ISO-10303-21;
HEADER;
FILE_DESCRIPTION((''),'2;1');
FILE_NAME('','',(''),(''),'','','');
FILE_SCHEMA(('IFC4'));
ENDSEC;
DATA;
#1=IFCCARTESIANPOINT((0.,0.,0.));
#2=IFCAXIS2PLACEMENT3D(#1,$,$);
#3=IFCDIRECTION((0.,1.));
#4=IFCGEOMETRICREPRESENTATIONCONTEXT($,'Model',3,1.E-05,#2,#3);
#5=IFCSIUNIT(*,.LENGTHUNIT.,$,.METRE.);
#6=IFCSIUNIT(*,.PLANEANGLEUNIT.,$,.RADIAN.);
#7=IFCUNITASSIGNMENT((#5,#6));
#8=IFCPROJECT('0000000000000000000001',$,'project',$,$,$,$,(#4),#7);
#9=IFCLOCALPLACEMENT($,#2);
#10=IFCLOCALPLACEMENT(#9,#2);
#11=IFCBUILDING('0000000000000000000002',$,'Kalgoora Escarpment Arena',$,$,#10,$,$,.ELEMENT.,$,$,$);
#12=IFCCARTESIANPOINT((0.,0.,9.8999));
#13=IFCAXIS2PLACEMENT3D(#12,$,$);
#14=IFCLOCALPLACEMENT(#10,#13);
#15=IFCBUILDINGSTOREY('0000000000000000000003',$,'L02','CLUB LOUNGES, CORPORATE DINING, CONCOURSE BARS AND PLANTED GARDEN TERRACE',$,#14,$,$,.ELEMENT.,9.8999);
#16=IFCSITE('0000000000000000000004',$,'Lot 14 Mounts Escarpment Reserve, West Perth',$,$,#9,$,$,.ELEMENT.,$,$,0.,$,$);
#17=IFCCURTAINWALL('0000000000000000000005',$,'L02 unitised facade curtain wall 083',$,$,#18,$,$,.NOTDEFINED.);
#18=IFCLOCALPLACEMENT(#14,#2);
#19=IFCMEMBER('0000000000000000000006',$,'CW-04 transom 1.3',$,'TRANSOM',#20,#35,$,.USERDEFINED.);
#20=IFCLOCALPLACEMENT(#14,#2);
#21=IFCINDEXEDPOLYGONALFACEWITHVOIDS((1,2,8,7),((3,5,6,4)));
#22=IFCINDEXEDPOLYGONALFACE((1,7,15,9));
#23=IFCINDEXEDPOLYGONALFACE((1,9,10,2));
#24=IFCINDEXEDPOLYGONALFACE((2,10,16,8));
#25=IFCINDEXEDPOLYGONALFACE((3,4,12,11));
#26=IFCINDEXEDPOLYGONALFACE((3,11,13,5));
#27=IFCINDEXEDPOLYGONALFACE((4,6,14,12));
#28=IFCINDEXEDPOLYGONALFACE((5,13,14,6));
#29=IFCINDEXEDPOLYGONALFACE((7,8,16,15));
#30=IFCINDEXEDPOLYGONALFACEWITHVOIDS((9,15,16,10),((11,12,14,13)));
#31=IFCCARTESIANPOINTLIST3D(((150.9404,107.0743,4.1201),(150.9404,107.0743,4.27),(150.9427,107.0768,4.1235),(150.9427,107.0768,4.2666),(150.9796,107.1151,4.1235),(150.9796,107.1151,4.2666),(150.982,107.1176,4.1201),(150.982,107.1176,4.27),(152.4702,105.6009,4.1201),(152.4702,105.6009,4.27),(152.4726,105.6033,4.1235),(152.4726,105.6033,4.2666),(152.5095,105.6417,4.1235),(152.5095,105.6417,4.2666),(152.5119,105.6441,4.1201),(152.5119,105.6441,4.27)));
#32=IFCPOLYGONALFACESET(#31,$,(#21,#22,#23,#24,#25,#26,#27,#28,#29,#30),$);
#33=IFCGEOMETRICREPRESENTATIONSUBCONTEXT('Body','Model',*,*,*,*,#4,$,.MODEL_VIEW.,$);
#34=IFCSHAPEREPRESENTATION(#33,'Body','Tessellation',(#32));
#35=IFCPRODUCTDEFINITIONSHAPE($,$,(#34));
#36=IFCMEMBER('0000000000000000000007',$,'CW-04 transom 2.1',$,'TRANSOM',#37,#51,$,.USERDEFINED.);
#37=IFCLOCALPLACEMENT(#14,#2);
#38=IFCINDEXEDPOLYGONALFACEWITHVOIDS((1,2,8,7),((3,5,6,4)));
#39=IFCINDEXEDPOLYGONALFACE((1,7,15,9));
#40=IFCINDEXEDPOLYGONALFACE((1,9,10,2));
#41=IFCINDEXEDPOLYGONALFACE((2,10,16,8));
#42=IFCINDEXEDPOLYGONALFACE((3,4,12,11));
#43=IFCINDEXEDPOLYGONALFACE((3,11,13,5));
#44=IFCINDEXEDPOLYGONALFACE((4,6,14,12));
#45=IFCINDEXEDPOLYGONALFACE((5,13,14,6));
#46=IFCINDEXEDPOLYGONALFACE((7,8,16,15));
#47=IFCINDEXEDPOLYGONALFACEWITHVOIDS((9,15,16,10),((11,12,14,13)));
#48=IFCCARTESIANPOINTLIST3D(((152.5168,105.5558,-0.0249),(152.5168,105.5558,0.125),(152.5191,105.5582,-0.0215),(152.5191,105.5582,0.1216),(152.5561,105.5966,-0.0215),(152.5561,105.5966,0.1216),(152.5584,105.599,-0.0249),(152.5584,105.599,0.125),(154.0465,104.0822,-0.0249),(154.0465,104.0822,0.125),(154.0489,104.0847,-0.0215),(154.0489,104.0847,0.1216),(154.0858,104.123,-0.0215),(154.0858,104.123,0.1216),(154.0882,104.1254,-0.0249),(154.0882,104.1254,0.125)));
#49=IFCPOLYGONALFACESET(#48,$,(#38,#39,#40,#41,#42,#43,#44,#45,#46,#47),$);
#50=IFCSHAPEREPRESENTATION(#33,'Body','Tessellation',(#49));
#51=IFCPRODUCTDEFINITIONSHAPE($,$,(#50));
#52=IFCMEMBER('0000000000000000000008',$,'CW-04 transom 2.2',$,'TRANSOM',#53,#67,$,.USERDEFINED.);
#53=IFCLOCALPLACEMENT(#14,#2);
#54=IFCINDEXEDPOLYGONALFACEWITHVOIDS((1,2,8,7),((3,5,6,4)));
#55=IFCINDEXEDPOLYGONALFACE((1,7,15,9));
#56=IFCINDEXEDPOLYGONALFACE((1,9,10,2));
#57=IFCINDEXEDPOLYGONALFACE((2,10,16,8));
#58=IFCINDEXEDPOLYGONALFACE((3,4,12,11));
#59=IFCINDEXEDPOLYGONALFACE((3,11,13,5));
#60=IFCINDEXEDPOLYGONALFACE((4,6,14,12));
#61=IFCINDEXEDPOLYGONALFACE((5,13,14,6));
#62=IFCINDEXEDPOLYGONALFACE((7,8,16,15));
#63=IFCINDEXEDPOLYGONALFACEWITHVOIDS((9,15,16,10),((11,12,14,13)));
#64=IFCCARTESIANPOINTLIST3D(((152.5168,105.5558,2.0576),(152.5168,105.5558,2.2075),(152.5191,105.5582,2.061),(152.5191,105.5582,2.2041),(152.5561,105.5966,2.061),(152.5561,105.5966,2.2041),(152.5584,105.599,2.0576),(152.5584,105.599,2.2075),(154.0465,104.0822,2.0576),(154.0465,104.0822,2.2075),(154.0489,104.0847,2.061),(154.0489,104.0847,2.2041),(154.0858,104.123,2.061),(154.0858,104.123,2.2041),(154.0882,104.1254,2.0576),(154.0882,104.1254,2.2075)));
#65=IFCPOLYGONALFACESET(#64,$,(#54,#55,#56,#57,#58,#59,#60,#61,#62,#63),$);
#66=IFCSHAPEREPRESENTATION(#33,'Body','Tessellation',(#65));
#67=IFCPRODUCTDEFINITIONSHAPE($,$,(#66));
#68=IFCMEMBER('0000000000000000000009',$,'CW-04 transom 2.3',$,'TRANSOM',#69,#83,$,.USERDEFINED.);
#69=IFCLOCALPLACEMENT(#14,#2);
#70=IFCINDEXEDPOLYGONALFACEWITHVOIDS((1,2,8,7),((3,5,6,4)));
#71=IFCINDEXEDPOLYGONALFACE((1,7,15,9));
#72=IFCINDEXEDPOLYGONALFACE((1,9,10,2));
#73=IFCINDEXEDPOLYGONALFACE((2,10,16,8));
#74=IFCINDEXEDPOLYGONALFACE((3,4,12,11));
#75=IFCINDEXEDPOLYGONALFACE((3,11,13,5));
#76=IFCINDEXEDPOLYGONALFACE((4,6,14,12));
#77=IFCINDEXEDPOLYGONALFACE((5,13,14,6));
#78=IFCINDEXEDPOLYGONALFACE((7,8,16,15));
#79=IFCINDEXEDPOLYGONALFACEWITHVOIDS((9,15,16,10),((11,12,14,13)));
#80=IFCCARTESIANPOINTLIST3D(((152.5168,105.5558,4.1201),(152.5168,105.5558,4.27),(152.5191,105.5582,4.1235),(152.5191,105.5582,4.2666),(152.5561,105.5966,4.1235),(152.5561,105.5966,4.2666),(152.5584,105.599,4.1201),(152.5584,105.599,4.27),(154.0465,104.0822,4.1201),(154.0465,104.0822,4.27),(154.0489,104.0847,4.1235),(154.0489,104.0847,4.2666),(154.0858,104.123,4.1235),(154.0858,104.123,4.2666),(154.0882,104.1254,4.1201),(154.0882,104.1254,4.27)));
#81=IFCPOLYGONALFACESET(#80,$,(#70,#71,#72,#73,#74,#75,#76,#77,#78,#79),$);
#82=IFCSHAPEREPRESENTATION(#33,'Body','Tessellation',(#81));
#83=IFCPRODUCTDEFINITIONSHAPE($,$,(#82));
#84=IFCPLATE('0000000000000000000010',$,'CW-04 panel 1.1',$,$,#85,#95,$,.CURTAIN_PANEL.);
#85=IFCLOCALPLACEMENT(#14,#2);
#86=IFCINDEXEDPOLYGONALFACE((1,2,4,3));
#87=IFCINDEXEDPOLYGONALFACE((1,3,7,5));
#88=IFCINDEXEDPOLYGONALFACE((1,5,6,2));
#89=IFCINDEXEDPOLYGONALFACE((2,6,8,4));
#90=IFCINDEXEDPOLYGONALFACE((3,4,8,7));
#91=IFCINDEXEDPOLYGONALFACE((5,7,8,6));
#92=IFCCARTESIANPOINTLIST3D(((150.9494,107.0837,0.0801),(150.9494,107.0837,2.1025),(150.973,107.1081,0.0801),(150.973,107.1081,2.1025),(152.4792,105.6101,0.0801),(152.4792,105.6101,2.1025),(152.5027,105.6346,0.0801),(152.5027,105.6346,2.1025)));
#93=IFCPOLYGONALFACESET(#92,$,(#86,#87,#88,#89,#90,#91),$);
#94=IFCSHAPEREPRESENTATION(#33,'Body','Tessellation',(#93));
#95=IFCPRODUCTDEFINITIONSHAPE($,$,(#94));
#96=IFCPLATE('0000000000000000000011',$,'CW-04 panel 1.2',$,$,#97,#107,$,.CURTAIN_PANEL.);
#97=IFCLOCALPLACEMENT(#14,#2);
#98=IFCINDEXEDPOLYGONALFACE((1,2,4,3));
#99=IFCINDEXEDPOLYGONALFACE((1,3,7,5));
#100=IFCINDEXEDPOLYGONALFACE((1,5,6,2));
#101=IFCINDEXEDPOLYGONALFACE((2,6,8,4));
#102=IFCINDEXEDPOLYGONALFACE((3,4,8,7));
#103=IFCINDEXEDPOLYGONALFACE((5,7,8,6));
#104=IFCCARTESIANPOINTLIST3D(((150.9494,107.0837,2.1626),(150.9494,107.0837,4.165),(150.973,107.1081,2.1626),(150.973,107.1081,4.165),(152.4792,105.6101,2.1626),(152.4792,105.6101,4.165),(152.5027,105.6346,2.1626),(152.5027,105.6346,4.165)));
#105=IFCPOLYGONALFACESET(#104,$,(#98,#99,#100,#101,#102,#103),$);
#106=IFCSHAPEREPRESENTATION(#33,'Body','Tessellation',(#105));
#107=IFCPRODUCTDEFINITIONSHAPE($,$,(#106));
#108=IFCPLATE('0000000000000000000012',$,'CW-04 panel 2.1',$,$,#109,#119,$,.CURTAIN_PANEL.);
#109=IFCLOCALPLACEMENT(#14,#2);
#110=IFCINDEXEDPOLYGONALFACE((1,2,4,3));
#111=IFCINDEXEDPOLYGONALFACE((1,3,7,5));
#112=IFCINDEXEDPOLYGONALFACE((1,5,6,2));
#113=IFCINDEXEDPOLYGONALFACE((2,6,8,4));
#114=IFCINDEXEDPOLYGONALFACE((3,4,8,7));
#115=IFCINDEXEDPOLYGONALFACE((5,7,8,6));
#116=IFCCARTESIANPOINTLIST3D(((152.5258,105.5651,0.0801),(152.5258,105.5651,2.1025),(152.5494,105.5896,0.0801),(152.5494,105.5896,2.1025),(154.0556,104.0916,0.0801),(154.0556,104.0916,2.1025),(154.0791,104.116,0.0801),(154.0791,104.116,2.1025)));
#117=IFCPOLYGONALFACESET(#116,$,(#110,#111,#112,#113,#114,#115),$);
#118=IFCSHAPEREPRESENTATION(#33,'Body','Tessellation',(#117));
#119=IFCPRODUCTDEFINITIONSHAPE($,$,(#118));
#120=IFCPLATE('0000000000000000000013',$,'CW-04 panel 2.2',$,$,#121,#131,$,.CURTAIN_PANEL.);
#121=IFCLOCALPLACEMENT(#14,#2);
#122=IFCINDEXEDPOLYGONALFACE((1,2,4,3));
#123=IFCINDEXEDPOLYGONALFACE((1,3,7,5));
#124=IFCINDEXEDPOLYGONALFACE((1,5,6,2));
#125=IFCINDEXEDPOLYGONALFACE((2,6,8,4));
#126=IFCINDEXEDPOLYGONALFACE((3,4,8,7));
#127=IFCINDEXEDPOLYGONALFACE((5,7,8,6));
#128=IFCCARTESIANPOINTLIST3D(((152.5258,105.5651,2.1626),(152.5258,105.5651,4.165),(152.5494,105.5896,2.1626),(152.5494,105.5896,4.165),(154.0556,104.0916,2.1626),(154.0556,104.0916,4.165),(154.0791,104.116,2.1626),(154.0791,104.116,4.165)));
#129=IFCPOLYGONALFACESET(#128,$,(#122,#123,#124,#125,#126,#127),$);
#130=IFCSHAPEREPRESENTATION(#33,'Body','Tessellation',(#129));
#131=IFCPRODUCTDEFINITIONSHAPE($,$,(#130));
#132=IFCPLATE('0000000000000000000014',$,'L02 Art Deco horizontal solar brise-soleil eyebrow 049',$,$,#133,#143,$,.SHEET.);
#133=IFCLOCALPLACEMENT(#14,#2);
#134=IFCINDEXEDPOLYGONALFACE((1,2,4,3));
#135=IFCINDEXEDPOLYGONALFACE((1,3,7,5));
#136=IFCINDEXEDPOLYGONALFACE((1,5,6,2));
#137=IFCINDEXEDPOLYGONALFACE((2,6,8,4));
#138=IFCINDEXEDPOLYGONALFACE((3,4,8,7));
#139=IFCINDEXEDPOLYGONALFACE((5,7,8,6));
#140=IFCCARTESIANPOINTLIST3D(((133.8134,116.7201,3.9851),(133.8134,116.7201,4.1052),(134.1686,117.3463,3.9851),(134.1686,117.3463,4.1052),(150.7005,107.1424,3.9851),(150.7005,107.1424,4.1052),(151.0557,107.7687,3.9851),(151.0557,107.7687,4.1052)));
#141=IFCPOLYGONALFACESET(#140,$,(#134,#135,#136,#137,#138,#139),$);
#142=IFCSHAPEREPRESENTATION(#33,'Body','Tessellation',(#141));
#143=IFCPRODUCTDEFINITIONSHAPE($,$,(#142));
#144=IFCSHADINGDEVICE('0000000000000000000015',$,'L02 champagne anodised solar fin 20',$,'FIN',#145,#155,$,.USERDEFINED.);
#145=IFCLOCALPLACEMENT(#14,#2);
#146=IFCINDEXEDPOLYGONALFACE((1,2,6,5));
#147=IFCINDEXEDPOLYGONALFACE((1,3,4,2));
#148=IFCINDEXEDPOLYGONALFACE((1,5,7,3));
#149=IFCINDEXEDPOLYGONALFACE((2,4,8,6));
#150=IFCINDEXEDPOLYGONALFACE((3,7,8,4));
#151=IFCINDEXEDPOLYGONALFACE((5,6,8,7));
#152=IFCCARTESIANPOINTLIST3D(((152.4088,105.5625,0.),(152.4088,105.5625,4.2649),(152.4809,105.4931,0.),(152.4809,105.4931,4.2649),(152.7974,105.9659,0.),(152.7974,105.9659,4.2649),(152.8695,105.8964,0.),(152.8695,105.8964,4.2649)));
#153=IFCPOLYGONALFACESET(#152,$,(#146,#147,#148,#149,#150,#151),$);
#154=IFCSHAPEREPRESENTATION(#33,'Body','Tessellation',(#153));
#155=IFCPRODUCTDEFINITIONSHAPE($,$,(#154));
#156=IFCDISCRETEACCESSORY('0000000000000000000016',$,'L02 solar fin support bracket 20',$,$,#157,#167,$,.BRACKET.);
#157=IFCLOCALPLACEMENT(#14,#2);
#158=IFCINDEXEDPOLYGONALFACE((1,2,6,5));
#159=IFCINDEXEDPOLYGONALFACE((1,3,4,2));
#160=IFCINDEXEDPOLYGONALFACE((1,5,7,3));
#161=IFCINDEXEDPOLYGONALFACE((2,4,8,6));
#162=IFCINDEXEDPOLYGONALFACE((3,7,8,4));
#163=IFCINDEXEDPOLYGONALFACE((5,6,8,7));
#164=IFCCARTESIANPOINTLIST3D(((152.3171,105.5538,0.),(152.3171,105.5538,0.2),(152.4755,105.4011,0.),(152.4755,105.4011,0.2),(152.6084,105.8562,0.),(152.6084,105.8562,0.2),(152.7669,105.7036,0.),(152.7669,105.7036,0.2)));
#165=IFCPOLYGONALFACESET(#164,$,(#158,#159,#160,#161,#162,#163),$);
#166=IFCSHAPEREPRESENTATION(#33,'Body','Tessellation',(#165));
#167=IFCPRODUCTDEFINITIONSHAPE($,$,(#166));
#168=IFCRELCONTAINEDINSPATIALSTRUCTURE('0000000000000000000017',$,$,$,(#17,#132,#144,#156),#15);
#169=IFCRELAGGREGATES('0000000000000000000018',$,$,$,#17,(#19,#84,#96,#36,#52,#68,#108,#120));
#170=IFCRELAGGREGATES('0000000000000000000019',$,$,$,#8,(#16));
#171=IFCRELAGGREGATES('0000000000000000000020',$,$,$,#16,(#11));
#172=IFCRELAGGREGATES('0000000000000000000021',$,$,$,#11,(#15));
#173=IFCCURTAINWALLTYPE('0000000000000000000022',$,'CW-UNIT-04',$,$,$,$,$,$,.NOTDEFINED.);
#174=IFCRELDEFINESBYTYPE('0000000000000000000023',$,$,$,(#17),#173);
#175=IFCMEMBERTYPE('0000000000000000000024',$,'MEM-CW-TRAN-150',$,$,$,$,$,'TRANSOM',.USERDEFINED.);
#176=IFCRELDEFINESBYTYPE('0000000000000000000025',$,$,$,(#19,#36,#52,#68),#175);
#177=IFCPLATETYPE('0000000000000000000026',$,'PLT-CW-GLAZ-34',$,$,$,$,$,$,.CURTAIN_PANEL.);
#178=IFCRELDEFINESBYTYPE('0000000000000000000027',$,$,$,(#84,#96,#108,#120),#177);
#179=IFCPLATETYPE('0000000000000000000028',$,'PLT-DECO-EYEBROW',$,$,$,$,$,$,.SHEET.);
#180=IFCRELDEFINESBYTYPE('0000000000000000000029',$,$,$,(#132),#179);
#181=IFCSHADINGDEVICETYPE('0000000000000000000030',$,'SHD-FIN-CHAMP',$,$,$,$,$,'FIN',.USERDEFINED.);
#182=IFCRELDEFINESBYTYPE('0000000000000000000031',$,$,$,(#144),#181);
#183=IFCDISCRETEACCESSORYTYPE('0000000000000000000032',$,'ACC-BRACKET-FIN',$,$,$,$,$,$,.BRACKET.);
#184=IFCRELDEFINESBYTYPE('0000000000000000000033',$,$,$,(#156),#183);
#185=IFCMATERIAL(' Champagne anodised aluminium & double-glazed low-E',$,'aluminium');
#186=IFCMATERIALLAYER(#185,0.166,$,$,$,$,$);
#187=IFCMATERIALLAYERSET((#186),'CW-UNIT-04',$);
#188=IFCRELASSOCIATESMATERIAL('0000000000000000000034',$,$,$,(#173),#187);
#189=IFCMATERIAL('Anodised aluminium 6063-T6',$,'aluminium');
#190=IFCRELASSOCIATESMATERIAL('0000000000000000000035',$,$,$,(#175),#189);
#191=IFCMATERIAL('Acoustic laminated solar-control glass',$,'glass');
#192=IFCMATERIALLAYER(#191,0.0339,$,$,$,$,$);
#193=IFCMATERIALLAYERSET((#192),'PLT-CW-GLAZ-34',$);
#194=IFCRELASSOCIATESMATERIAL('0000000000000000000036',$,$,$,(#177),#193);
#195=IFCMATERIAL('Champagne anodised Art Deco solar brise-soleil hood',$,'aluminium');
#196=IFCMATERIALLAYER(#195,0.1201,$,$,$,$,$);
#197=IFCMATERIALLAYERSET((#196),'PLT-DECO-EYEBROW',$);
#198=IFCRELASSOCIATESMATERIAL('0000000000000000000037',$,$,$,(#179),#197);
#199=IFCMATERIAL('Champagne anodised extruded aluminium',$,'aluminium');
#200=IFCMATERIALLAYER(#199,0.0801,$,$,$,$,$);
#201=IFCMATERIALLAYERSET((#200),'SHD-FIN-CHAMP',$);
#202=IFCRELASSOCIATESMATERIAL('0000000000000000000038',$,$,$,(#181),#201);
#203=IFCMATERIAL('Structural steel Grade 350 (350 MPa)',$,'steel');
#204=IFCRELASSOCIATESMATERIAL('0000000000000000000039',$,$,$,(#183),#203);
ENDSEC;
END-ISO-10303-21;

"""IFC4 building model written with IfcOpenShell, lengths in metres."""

from ifc_helpers import new_model, si_unit, direction, frame, origin, origin_2d, place, context, subcontext, project, spatial, rectangle, hollow_rectangle, extrude, material, layer, layer_set, material_profile, profile_set, type_object, element, aggregate, save


model = new_model("IFC4")

# Units and contexts
model_context = context("Model", 3, precision=1e-05, world=origin(), true_north=direction((0.0, 1.0)))
body_context = subcontext(model_context, "Body", "Model", "MODEL_VIEW")
ifc_project = project(units=[si_unit("LENGTHUNIT", "METRE"), si_unit("PLANEANGLEUNIT", "RADIAN")], contexts=[model_context])

# Site, building, storey
site_placement = place(None, origin())
site = spatial("IfcSite", under=ifc_project, at=site_placement, Name="Lot 14 Mounts Escarpment Reserve, West Perth", CompositionType="ELEMENT", RefElevation=0.0)
building_placement = place(site_placement, origin())
building = spatial("IfcBuilding", under=site, at=building_placement, Name="Kalgoora Escarpment Arena", CompositionType="ELEMENT")
storey_placement = place(building_placement, frame((0.0, 0.0, 9.8999)))
storey = spatial("IfcBuildingStorey", under=building, at=storey_placement, Name="L02", Description="CLUB LOUNGES, CORPORATE DINING, CONCOURSE BARS AND PLANTED GARDEN TERRACE", CompositionType="ELEMENT", Elevation=9.8999)

# Curtain wall
ifc_material_1 = material(Name=" Champagne anodised aluminium & double-glazed low-E", Category="aluminium")
ifc_layer_1 = layer(ifc_material_1, 0.166)
ifc_layer_set_1 = layer_set([ifc_layer_1], Name="CW-UNIT-04")
curtain_wall_type_1 = type_object("IfcCurtainWallType", Name="CW-UNIT-04", PredefinedType="NOTDEFINED", material=ifc_layer_set_1)
curtain_wall_1_placement = place(storey_placement, origin())
curtain_wall_1 = element("IfcCurtainWall", 1, at=curtain_wall_1_placement, inside=storey, type_object=curtain_wall_type_1, Name="L02 unitised facade curtain wall 083", PredefinedType="NOTDEFINED")

# Members
ifc_material_2 = material(Name="Anodised aluminium 6063-T6", Category="aluminium")
ifc_material_profile_1 = material_profile(ifc_material_2, hollow_rectangle(XDim=0.0601, YDim=0.1499, WallThickness=0.0034, at=origin_2d()))
ifc_profile_set_1 = profile_set([ifc_material_profile_1], Name="Anodised aluminium 6063-T6")
member_type_1 = type_object("IfcMemberType", Name="MEM-CW-TRAN-150", ElementType="TRANSOM", PredefinedType="USERDEFINED", material=ifc_profile_set_1)
member_1_placement = place(storey_placement, frame((150.9612, 107.0959, 4.1951), z_axis=(0.720259, -0.693706, 0.0), x_axis=(0.693706, 0.720259, 0.0)))
member_1 = element("IfcMember", 2, at=member_1_placement, type_object=member_type_1, Name="CW-04 transom 1.3", ObjectType="TRANSOM", PredefinedType="USERDEFINED", context=body_context, shape_type="SweptSolid", body=[
    extrude(hollow_rectangle(XDim=0.0601, YDim=0.1499, WallThickness=0.0034, at=origin_2d()), origin(), (0.0, 0.0, 1.0), 2.124),
])
member_2_placement = place(storey_placement, frame((152.5376, 105.5774, 0.05), z_axis=(0.720201, -0.693765, 0.0), x_axis=(0.693765, 0.720201, 0.0)))
member_2 = element("IfcMember", 3, at=member_2_placement, type_object=member_type_1, Name="CW-04 transom 2.1", ObjectType="TRANSOM", PredefinedType="USERDEFINED", context=body_context, shape_type="SweptSolid", body=[
    extrude(hollow_rectangle(XDim=0.0601, YDim=0.1499, WallThickness=0.0034, at=origin_2d()), origin(), (0.0, 0.0, 1.0), 2.124),
])
member_3_placement = place(storey_placement, frame((152.5376, 105.5774, 2.1326), z_axis=(0.720201, -0.693765, 0.0), x_axis=(0.693765, 0.720201, 0.0)))
member_3 = element("IfcMember", 4, at=member_3_placement, type_object=member_type_1, Name="CW-04 transom 2.2", ObjectType="TRANSOM", PredefinedType="USERDEFINED", context=body_context, shape_type="SweptSolid", body=[
    extrude(hollow_rectangle(XDim=0.0601, YDim=0.1499, WallThickness=0.0034, at=origin_2d()), origin(), (0.0, 0.0, 1.0), 2.124),
])
member_4_placement = place(storey_placement, frame((152.5376, 105.5774, 4.1951), z_axis=(0.720201, -0.693765, 0.0), x_axis=(0.693765, 0.720201, 0.0)))
member_4 = element("IfcMember", 5, at=member_4_placement, type_object=member_type_1, Name="CW-04 transom 2.3", ObjectType="TRANSOM", PredefinedType="USERDEFINED", context=body_context, shape_type="SweptSolid", body=[
    extrude(hollow_rectangle(XDim=0.0601, YDim=0.1499, WallThickness=0.0034, at=origin_2d()), origin(), (0.0, 0.0, 1.0), 2.124),
])

# Plates
ifc_material_3 = material(Name="Acoustic laminated solar-control glass", Category="glass")
ifc_layer_2 = layer(ifc_material_3, 0.0339)
ifc_layer_set_2 = layer_set([ifc_layer_2], Name="PLT-CW-GLAZ-34")
plate_type_1 = type_object("IfcPlateType", Name="PLT-CW-GLAZ-34", PredefinedType="CURTAIN_PANEL", material=ifc_layer_set_2)
plate_1_placement = place(storey_placement, frame((151.7261, 106.3591, 0.0801), z_axis=(0.0, 0.0, 1.0), x_axis=(0.720217, -0.693749, 0.0)))
plate_1 = element("IfcPlate", 6, at=plate_1_placement, type_object=plate_type_1, Name="CW-04 panel 1.1", PredefinedType="CURTAIN_PANEL", context=body_context, shape_type="SweptSolid", body=[
    extrude(rectangle(XDim=2.124, YDim=0.0339, at=origin_2d()), origin(), (0.0, 0.0, 1.0), 2.0225),
])
plate_2_placement = place(storey_placement, frame((151.7261, 106.3591, 2.1626), z_axis=(0.0, 0.0, 1.0), x_axis=(0.720217, -0.693749, 0.0)))
plate_2 = element("IfcPlate", 7, at=plate_2_placement, type_object=plate_type_1, Name="CW-04 panel 1.2", PredefinedType="CURTAIN_PANEL", context=body_context, shape_type="SweptSolid", body=[
    extrude(rectangle(XDim=2.124, YDim=0.0339, at=origin_2d()), origin(), (0.0, 0.0, 1.0), 2.0024),
])
plate_3_placement = place(storey_placement, frame((153.3025, 104.8406, 0.0801), z_axis=(0.0, 0.0, 1.0), x_axis=(0.720217, -0.693749, 0.0)))
plate_3 = element("IfcPlate", 8, at=plate_3_placement, type_object=plate_type_1, Name="CW-04 panel 2.1", PredefinedType="CURTAIN_PANEL", context=body_context, shape_type="SweptSolid", body=[
    extrude(rectangle(XDim=2.124, YDim=0.0339, at=origin_2d()), origin(), (0.0, 0.0, 1.0), 2.0225),
])
plate_4_placement = place(storey_placement, frame((153.3025, 104.8406, 2.1626), z_axis=(0.0, 0.0, 1.0), x_axis=(0.720217, -0.693749, 0.0)))
plate_4 = element("IfcPlate", 9, at=plate_4_placement, type_object=plate_type_1, Name="CW-04 panel 2.2", PredefinedType="CURTAIN_PANEL", context=body_context, shape_type="SweptSolid", body=[
    extrude(rectangle(XDim=2.124, YDim=0.0339, at=origin_2d()), origin(), (0.0, 0.0, 1.0), 2.0024),
])
aggregate(curtain_wall_1, [member_1, plate_1, plate_2, member_2, member_3, member_4, plate_3, plate_4])
ifc_material_4 = material(Name="Champagne anodised Art Deco solar brise-soleil hood", Category="aluminium")
ifc_layer_3 = layer(ifc_material_4, 0.1201)
ifc_layer_set_3 = layer_set([ifc_layer_3], Name="PLT-DECO-EYEBROW")
plate_type_2 = type_object("IfcPlateType", Name="PLT-DECO-EYEBROW", PredefinedType="SHEET", material=ifc_layer_set_3)
plate_5_placement = place(storey_placement, frame((142.4346, 112.2444, 3.9851), z_axis=(0.0, 0.0, 1.0), x_axis=(0.86984, -0.493335, 0.0)))
element("IfcPlate", 10, at=plate_5_placement, inside=storey, type_object=plate_type_2, Name="L02 Art Deco horizontal solar brise-soleil eyebrow 049", PredefinedType="SHEET", context=body_context, shape_type="SweptSolid", body=[
    extrude(rectangle(XDim=19.4141, YDim=0.72, at=origin_2d()), origin(), (0.0, 0.0, 1.0), 0.1201),
])

# Shading device
ifc_material_5 = material(Name="Champagne anodised extruded aluminium", Category="aluminium")
ifc_layer_4 = layer(ifc_material_5, 0.0801)
ifc_layer_set_4 = layer_set([ifc_layer_4], Name="SHD-FIN-CHAMP")
shading_device_type = type_object("IfcShadingDeviceType", Name="SHD-FIN-CHAMP", ElementType="FIN", PredefinedType="USERDEFINED", material=ifc_layer_set_4)
shading_device_placement = place(storey_placement, frame((152.6392, 105.7295, 0.0), z_axis=(0.0, 0.0, 1.0), x_axis=(0.693779, 0.720188, 0.0)))
element("IfcShadingDevice", 11, at=shading_device_placement, inside=storey, type_object=shading_device_type, Name="L02 champagne anodised solar fin 20", ObjectType="FIN", PredefinedType="USERDEFINED", context=body_context, shape_type="SweptSolid", body=[
    extrude(rectangle(XDim=0.5601, YDim=0.1001, at=origin_2d()), origin(), (0.0, 0.0, 1.0), 4.2649),
])

# Discrete accessory
ifc_material_6 = material(Name="Structural steel Grade 350 (350 MPa)", Category="steel")
discrete_accessory_type = type_object("IfcDiscreteAccessoryType", Name="ACC-BRACKET-FIN", PredefinedType="BRACKET", material=ifc_material_6)
discrete_accessory_placement = place(storey_placement, frame((152.542, 105.6287, 0.0), z_axis=(0.0, 0.0, 1.0), x_axis=(0.693779, 0.720188, 0.0)))
element("IfcDiscreteAccessory", 12, at=discrete_accessory_placement, inside=storey, type_object=discrete_accessory_type, Name="L02 solar fin support bracket 20", PredefinedType="BRACKET", context=body_context, shape_type="SweptSolid", body=[
    extrude(rectangle(XDim=0.4199, YDim=0.22, at=origin_2d()), origin(), (0.0, 0.0, 1.0), 0.2),
])

save(model, "model.ifc")
